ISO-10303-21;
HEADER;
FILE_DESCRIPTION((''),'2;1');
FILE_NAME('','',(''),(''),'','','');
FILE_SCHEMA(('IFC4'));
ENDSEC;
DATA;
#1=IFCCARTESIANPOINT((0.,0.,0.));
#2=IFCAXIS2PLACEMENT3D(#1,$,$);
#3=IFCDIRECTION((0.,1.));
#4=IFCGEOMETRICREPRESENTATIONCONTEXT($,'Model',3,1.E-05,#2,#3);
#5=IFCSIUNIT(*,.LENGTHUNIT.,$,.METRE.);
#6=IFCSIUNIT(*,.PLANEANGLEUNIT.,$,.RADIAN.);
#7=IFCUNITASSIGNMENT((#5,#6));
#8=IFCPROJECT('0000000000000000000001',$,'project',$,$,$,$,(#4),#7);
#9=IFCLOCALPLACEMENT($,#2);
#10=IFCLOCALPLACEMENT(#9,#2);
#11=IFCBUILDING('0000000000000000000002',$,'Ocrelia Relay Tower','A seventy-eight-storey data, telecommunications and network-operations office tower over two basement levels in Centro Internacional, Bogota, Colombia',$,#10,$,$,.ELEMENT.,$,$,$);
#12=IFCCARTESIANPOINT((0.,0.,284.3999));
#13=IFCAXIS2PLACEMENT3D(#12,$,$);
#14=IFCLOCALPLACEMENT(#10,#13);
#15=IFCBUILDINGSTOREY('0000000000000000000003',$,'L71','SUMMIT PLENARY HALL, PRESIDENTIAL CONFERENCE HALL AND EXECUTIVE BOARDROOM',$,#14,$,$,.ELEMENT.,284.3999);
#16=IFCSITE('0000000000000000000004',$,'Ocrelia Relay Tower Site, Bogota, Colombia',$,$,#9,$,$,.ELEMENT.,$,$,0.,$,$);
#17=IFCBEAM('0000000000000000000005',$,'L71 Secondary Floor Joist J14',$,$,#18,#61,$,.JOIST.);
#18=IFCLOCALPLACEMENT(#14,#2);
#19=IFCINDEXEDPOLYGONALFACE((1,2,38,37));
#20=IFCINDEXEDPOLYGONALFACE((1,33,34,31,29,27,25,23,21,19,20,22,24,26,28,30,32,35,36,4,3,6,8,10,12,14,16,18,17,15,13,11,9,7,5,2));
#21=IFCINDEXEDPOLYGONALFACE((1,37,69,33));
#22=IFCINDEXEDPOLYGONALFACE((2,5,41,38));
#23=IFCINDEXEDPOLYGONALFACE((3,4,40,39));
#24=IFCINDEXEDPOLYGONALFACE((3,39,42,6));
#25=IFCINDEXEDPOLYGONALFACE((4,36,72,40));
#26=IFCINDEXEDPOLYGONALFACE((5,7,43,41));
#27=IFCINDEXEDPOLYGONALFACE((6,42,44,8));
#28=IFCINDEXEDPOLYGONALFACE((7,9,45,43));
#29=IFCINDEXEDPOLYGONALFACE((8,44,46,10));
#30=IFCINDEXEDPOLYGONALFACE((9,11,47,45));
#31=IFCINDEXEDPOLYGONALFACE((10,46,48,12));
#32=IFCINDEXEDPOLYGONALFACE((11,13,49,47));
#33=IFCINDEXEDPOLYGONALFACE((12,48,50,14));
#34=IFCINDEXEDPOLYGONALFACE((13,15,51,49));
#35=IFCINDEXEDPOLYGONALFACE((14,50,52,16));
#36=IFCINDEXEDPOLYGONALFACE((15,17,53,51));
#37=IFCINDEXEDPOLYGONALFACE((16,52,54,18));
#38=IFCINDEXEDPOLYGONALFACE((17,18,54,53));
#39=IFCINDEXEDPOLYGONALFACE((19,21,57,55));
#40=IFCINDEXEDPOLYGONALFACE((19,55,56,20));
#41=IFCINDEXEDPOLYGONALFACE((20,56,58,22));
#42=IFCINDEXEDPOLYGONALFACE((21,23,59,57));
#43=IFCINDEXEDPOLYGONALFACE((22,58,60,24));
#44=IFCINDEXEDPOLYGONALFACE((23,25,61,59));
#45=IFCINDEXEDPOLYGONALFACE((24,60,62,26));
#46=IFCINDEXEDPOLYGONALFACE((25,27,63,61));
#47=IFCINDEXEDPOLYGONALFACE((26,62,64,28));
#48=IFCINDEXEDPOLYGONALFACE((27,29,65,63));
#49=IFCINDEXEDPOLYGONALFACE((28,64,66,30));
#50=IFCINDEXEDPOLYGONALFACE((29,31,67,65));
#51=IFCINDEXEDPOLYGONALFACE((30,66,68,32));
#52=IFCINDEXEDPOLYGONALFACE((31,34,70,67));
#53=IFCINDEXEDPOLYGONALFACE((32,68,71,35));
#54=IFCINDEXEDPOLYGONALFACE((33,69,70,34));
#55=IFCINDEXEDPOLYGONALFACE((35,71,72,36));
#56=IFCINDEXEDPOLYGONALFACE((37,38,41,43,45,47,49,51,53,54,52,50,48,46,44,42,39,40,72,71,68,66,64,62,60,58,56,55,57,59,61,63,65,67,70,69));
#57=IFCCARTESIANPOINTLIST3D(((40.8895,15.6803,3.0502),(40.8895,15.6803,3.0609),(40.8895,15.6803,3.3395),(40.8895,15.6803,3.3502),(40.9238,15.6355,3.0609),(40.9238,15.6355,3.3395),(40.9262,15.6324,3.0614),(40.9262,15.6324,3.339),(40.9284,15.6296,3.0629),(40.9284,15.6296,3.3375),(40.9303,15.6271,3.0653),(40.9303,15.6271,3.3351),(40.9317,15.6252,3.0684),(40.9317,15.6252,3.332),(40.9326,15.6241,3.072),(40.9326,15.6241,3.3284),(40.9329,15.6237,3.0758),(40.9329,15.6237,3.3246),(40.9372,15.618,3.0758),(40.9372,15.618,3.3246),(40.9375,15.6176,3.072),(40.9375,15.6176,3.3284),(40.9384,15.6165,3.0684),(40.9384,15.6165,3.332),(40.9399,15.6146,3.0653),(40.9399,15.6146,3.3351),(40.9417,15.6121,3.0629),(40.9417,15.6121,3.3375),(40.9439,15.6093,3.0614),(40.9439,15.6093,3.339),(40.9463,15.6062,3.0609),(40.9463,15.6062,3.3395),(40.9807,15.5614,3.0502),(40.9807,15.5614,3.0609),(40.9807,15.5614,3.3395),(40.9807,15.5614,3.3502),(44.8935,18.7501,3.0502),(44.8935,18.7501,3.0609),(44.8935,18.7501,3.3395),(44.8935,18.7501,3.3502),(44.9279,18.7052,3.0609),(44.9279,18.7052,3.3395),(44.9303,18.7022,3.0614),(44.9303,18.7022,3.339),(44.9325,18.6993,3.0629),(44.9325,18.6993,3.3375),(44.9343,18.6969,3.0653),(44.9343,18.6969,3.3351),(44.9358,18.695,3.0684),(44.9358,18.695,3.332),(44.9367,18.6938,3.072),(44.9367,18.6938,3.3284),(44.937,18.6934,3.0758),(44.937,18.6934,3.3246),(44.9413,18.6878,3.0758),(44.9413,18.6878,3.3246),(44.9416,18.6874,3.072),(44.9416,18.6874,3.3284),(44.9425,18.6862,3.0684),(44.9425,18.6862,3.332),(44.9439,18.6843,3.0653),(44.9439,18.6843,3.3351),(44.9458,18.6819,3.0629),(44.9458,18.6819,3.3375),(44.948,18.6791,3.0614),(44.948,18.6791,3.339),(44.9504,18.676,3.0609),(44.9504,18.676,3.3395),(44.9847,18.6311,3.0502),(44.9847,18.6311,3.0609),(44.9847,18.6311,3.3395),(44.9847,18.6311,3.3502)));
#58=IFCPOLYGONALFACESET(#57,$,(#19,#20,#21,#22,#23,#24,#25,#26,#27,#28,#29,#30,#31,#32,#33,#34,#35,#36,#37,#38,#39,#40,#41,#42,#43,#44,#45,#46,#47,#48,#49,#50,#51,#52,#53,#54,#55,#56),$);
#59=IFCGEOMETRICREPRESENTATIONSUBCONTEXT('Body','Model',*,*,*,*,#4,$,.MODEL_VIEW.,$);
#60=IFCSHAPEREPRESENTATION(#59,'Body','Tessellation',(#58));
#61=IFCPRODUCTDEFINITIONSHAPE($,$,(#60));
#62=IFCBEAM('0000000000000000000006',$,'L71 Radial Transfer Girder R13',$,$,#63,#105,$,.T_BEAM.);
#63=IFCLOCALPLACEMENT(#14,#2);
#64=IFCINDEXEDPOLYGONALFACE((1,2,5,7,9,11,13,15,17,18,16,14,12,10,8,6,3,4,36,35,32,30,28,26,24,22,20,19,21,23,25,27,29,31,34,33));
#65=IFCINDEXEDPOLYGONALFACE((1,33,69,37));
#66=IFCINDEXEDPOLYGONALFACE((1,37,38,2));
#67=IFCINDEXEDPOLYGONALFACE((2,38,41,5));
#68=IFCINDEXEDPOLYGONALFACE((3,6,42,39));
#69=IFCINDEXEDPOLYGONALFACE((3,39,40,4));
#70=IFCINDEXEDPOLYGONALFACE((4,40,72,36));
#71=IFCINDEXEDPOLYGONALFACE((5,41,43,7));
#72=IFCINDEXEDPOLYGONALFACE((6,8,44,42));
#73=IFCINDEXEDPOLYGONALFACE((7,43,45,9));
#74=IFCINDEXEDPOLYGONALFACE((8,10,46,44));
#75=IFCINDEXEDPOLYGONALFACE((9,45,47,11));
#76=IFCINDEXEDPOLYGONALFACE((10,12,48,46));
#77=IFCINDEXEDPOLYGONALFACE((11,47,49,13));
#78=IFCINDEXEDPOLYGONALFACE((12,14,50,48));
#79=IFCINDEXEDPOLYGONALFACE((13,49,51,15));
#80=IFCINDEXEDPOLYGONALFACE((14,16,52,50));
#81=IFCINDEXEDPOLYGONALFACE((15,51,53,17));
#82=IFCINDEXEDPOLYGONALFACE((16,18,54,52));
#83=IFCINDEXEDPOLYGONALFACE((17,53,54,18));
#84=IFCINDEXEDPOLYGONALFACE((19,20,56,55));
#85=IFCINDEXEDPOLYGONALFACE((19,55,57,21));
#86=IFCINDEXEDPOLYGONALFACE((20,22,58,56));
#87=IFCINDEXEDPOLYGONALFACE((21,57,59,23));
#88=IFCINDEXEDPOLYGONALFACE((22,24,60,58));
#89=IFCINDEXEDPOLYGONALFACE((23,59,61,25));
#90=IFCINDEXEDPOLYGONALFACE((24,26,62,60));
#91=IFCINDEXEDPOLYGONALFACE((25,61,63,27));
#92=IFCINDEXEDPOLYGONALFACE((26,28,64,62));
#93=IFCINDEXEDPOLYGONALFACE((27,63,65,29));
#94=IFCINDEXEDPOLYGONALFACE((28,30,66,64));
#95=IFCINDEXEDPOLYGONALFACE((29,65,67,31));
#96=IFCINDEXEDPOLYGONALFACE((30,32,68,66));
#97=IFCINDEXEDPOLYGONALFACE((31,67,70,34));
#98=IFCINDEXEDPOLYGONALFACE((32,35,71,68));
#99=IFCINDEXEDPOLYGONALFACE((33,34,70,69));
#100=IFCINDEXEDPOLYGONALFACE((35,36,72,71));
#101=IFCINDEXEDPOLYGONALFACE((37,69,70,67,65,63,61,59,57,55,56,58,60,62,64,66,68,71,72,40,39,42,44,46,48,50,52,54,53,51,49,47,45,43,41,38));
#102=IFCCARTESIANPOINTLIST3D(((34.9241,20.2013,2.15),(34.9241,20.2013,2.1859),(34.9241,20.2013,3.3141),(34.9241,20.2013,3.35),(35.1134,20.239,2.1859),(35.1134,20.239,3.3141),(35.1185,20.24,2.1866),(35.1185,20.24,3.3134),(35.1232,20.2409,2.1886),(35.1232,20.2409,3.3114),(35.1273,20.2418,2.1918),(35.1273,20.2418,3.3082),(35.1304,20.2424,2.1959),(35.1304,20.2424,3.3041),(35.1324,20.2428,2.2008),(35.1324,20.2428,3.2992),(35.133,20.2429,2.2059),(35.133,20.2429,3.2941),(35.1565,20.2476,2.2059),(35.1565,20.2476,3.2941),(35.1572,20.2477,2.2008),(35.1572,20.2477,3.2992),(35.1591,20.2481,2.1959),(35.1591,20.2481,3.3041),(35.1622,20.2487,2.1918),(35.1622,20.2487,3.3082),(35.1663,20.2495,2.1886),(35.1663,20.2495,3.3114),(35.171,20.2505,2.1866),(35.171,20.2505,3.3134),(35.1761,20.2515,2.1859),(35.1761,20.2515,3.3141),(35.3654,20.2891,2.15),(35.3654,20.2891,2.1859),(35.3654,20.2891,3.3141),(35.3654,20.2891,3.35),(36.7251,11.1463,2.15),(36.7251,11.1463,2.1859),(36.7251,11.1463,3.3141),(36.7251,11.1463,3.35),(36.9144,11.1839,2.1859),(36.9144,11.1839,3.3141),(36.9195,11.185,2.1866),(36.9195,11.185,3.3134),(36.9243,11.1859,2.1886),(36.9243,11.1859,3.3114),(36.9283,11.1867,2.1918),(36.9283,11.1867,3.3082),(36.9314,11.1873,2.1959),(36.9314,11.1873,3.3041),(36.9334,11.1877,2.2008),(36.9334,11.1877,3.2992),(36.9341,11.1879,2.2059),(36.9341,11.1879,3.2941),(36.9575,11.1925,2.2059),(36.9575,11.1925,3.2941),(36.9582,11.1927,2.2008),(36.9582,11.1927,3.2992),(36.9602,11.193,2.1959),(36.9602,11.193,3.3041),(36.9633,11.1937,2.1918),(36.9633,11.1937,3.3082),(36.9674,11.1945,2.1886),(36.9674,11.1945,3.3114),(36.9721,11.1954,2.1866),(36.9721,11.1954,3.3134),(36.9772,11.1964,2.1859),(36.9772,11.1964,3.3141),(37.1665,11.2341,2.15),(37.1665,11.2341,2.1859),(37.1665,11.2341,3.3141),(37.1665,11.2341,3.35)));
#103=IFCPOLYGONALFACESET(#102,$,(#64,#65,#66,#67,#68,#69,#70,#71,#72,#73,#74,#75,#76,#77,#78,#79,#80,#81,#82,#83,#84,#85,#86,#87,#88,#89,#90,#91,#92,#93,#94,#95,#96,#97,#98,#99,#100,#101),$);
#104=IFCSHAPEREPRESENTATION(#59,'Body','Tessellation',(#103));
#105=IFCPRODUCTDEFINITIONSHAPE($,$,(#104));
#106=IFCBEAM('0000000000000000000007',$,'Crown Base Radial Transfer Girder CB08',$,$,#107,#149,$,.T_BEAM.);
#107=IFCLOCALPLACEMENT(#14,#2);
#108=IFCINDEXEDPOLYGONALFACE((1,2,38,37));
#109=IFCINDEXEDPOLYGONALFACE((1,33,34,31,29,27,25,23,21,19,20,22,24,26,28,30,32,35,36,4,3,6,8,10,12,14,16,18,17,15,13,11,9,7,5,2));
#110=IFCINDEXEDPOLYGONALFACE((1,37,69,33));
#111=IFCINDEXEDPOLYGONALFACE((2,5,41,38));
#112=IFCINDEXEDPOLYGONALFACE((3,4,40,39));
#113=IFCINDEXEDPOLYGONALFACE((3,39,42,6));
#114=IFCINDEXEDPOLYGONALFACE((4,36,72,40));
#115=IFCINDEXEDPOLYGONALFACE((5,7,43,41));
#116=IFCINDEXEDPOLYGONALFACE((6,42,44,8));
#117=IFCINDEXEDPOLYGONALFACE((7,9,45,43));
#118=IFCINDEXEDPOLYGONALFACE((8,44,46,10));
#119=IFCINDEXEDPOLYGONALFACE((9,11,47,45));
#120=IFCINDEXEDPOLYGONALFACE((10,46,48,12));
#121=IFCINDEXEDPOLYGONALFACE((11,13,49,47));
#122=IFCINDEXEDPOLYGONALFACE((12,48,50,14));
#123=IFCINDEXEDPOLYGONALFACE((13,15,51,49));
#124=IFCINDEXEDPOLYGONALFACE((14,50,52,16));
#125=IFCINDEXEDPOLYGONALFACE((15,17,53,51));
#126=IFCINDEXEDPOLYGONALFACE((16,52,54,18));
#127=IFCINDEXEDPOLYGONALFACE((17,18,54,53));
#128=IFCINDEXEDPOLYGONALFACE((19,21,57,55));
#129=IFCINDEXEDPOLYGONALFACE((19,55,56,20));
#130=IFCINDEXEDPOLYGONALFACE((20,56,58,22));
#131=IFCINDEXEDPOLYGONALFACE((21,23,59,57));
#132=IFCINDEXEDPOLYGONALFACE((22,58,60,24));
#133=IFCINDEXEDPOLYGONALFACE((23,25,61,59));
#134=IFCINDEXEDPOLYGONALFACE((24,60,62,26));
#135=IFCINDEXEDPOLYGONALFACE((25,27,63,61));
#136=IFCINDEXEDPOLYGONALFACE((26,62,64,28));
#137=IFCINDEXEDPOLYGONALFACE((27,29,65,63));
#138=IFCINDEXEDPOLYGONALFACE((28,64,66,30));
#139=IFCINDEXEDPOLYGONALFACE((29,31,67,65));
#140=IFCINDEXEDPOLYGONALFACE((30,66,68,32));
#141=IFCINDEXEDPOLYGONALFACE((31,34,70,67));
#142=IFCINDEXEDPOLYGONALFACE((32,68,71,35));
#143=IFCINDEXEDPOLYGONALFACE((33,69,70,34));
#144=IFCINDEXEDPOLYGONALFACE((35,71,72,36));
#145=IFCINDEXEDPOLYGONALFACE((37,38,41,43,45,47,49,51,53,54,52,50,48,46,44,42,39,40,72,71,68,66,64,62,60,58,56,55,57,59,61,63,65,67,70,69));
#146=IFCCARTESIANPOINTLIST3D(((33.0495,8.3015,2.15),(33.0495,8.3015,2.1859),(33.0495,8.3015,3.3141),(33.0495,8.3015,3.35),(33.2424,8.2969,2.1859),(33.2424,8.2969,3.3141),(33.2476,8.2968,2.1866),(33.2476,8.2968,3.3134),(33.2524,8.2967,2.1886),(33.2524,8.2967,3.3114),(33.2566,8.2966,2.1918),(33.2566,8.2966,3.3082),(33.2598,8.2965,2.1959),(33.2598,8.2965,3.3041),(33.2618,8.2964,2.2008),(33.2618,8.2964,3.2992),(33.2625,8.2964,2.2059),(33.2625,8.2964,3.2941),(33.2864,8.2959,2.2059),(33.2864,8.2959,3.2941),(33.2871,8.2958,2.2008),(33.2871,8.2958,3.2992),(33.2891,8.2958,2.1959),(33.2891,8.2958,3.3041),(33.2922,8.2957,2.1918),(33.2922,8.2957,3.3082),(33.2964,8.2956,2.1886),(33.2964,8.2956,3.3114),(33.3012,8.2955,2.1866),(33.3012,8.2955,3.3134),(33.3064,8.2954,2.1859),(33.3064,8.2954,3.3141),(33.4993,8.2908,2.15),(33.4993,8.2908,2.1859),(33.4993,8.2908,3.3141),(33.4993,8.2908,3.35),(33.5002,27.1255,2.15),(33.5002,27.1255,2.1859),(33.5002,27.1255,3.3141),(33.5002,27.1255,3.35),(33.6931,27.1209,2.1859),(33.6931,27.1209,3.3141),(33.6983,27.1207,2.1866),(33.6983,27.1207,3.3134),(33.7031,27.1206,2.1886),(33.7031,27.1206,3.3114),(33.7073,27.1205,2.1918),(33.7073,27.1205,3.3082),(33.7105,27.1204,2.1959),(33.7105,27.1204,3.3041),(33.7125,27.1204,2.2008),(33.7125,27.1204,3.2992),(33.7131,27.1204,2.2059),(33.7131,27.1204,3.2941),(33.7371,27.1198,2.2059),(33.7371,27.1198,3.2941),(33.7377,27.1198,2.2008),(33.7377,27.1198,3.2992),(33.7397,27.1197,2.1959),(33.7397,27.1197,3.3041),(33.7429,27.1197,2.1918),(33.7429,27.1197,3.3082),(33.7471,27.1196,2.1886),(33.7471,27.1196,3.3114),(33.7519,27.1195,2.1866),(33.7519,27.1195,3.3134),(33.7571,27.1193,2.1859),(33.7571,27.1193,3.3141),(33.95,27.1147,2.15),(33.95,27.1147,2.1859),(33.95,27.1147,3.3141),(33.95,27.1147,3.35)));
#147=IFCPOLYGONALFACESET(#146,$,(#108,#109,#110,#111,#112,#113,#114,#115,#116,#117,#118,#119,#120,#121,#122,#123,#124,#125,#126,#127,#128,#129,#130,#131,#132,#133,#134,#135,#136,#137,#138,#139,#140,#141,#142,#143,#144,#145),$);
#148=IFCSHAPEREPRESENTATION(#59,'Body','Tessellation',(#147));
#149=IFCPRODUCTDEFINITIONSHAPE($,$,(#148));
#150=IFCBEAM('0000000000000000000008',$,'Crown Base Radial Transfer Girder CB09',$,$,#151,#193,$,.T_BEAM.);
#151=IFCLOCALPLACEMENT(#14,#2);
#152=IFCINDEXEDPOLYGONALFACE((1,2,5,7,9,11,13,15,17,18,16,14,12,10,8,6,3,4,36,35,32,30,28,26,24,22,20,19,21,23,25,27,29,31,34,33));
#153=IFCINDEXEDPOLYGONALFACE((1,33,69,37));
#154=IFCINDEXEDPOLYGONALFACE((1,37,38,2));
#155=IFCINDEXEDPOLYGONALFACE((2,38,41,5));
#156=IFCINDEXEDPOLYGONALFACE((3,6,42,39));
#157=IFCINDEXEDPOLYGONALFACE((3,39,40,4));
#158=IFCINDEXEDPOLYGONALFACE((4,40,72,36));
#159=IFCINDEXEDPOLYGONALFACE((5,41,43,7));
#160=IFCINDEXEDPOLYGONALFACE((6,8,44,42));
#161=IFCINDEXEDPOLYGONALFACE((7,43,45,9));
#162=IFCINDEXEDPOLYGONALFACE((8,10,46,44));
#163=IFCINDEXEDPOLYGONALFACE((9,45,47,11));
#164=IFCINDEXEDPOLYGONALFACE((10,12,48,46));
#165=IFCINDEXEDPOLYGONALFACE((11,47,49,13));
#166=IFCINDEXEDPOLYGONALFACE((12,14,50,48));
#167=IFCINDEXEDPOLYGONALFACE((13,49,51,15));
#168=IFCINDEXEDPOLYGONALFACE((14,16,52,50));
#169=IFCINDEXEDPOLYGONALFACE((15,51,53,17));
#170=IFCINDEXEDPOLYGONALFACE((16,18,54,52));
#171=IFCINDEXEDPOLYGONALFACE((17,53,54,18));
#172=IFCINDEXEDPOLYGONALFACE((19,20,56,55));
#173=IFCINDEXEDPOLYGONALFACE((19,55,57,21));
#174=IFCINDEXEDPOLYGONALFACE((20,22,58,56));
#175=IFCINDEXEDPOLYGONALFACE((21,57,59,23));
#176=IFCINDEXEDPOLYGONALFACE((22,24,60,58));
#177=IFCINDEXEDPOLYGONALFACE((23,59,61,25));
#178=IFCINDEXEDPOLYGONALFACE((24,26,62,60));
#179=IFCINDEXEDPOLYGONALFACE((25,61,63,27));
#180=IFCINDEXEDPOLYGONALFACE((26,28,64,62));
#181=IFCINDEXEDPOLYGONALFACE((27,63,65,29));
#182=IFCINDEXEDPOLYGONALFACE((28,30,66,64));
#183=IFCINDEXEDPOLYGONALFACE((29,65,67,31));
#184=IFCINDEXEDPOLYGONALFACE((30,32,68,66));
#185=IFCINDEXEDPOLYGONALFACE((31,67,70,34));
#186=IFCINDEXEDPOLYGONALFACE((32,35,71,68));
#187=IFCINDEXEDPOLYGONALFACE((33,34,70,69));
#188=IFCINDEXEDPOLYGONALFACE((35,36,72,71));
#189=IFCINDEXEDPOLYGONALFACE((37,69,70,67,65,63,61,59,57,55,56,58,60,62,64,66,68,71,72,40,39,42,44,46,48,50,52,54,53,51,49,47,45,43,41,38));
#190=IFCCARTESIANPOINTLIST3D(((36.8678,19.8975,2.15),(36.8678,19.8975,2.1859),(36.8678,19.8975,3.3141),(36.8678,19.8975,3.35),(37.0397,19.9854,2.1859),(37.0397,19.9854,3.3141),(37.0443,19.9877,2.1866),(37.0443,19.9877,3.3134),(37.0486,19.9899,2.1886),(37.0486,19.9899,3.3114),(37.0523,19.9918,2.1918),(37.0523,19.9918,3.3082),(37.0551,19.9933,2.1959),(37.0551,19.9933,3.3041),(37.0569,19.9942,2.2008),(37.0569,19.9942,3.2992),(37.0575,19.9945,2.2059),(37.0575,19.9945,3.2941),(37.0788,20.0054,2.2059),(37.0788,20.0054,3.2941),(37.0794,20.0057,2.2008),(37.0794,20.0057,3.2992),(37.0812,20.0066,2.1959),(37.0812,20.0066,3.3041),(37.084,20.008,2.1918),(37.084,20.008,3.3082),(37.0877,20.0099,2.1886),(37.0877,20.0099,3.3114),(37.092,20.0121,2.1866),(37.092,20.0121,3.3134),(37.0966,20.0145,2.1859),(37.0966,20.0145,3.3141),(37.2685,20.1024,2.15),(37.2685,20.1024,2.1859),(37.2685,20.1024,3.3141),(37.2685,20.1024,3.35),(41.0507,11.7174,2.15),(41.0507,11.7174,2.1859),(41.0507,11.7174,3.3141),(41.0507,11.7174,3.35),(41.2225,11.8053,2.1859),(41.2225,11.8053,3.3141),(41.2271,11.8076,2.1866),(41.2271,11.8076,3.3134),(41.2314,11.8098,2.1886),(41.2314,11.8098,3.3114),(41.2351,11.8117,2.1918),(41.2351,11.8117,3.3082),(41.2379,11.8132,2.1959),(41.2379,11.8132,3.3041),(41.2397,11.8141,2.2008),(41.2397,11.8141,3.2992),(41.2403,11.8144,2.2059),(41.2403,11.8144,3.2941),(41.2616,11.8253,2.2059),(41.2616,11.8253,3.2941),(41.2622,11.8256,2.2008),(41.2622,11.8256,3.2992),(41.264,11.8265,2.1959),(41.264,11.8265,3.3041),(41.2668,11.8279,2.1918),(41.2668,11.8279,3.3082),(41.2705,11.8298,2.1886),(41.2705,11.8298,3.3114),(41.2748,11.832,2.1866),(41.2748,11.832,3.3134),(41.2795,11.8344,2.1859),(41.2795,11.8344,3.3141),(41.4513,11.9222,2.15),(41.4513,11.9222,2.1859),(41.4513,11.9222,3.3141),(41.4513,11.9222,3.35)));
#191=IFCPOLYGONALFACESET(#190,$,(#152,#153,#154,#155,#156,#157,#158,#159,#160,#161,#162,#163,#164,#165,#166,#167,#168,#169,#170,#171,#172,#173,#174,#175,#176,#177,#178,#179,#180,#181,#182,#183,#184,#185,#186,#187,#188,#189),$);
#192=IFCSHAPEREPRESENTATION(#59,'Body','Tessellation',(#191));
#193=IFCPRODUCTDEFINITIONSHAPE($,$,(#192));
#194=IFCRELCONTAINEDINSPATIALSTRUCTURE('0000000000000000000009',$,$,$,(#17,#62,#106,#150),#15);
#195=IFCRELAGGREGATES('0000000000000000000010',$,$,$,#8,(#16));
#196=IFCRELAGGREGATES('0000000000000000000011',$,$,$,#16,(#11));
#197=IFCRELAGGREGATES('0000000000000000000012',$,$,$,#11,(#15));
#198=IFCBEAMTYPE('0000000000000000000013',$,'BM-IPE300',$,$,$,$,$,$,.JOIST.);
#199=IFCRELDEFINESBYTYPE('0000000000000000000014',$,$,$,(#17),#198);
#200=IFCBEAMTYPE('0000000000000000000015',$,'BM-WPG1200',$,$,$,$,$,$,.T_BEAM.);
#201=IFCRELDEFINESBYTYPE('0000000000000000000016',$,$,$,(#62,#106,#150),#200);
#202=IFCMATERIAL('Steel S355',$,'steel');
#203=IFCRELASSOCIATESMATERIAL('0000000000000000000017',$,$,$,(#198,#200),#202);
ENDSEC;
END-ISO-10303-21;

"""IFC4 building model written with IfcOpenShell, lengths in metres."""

from ifc_helpers import new_model, si_unit, direction, frame, origin, origin_2d, place, context, subcontext, project, spatial, i_section, extrude, material, material_profile, profile_set, type_object, element, save


model = new_model("IFC4")

# Units and contexts
model_context = context("Model", 3, precision=1e-05, world=origin(), true_north=direction((0.0, 1.0)))
body_context = subcontext(model_context, "Body", "Model", "MODEL_VIEW")
ifc_project = project(units=[si_unit("LENGTHUNIT", "METRE"), si_unit("PLANEANGLEUNIT", "RADIAN")], contexts=[model_context])

# Site, building, storey
site_placement = place(None, origin())
site = spatial("IfcSite", under=ifc_project, at=site_placement, Name="Ocrelia Relay Tower Site, Bogota, Colombia", CompositionType="ELEMENT", RefElevation=0.0)
building_placement = place(site_placement, origin())
building = spatial("IfcBuilding", under=site, at=building_placement, Name="Ocrelia Relay Tower", Description="A seventy-eight-storey data, telecommunications and network-operations office tower over two basement levels in Centro Internacional, Bogota, Colombia", CompositionType="ELEMENT")
storey_placement = place(building_placement, frame((0.0, 0.0, 284.3999)))
storey = spatial("IfcBuildingStorey", under=building, at=storey_placement, Name="L71", Description="SUMMIT PLENARY HALL, PRESIDENTIAL CONFERENCE HALL AND EXECUTIVE BOARDROOM", CompositionType="ELEMENT", Elevation=284.3999)

# Beams
ifc_material_1 = material(Name="Steel S355", Category="steel")
ifc_material_profile_1 = material_profile(ifc_material_1, i_section(OverallWidth=0.1499, OverallDepth=0.3, WebThickness=0.0071, FlangeThickness=0.0107, FilletRadius=0.0149, at=origin_2d()), Name="IPE 300")
ifc_profile_set_1 = profile_set([ifc_material_profile_1], Name="Steel S355")
beam_type_1 = type_object("IfcBeamType", Name="BM-IPE300", PredefinedType="JOIST", material=ifc_profile_set_1)
beam_1_placement = place(storey_placement, frame((40.9351, 15.6208, 3.2002), z_axis=(0.793609, 0.608428, 0.0), x_axis=(-0.608428, 0.793609, 0.0)))
element("IfcBeam", 1, at=beam_1_placement, inside=storey, type_object=beam_type_1, Name="L71 Secondary Floor Joist J14", PredefinedType="JOIST", context=body_context, shape_type="SweptSolid", body=[
    extrude(i_section(OverallWidth=0.1499, OverallDepth=0.3, WebThickness=0.0071, FlangeThickness=0.0107, FilletRadius=0.0149, at=origin_2d()), origin(), (0.0, 0.0, 1.0), 5.0454),
])
ifc_material_profile_2 = material_profile(ifc_material_1, i_section(OverallWidth=0.45, OverallDepth=1.2, WebThickness=0.0239, FlangeThickness=0.0359, FilletRadius=0.02, at=origin_2d()), Name="WPG 1200x450")
ifc_profile_set_2 = profile_set([ifc_material_profile_2], Name="Steel S355")
beam_type_2 = type_object("IfcBeamType", Name="BM-WPG1200", PredefinedType="T_BEAM", material=ifc_profile_set_2)
beam_2_placement = place(storey_placement, frame((36.9458, 11.1902, 2.75), z_axis=(-0.195079, 0.980788, 0.0), x_axis=(-0.980788, -0.195079, 0.0)))
element("IfcBeam", 2, at=beam_2_placement, inside=storey, type_object=beam_type_2, Name="L71 Radial Transfer Girder R13", PredefinedType="T_BEAM", context=body_context, shape_type="SweptSolid", body=[
    extrude(i_section(OverallWidth=0.45, OverallDepth=1.2, WebThickness=0.0239, FlangeThickness=0.0359, FilletRadius=0.02, at=origin_2d()), origin(), (0.0, 0.0, 1.0), 9.2324),
])
beam_3_placement = place(storey_placement, frame((33.2744, 8.2961, 2.75), z_axis=(0.023935, 0.999714, 0.0), x_axis=(-0.999714, 0.023935, 0.0)))
element("IfcBeam", 3, at=beam_3_placement, inside=storey, type_object=beam_type_2, Name="Crown Base Radial Transfer Girder CB08", PredefinedType="T_BEAM", context=body_context, shape_type="SweptSolid", body=[
    extrude(i_section(OverallWidth=0.45, OverallDepth=1.2, WebThickness=0.0239, FlangeThickness=0.0359, FilletRadius=0.02, at=origin_2d()), origin(), (0.0, 0.0, 1.0), 18.8293),
])
beam_4_placement = place(storey_placement, frame((41.251, 11.8198, 2.75), z_axis=(-0.455274, 0.890352, 0.0), x_axis=(-0.890352, -0.455274, 0.0)))
element("IfcBeam", 4, at=beam_4_placement, inside=storey, type_object=beam_type_2, Name="Crown Base Radial Transfer Girder CB09", PredefinedType="T_BEAM", context=body_context, shape_type="SweptSolid", body=[
    extrude(i_section(OverallWidth=0.45, OverallDepth=1.2, WebThickness=0.0239, FlangeThickness=0.0359, FilletRadius=0.02, at=origin_2d()), origin(), (0.0, 0.0, 1.0), 9.1875),
])

save(model, "model.ifc")
